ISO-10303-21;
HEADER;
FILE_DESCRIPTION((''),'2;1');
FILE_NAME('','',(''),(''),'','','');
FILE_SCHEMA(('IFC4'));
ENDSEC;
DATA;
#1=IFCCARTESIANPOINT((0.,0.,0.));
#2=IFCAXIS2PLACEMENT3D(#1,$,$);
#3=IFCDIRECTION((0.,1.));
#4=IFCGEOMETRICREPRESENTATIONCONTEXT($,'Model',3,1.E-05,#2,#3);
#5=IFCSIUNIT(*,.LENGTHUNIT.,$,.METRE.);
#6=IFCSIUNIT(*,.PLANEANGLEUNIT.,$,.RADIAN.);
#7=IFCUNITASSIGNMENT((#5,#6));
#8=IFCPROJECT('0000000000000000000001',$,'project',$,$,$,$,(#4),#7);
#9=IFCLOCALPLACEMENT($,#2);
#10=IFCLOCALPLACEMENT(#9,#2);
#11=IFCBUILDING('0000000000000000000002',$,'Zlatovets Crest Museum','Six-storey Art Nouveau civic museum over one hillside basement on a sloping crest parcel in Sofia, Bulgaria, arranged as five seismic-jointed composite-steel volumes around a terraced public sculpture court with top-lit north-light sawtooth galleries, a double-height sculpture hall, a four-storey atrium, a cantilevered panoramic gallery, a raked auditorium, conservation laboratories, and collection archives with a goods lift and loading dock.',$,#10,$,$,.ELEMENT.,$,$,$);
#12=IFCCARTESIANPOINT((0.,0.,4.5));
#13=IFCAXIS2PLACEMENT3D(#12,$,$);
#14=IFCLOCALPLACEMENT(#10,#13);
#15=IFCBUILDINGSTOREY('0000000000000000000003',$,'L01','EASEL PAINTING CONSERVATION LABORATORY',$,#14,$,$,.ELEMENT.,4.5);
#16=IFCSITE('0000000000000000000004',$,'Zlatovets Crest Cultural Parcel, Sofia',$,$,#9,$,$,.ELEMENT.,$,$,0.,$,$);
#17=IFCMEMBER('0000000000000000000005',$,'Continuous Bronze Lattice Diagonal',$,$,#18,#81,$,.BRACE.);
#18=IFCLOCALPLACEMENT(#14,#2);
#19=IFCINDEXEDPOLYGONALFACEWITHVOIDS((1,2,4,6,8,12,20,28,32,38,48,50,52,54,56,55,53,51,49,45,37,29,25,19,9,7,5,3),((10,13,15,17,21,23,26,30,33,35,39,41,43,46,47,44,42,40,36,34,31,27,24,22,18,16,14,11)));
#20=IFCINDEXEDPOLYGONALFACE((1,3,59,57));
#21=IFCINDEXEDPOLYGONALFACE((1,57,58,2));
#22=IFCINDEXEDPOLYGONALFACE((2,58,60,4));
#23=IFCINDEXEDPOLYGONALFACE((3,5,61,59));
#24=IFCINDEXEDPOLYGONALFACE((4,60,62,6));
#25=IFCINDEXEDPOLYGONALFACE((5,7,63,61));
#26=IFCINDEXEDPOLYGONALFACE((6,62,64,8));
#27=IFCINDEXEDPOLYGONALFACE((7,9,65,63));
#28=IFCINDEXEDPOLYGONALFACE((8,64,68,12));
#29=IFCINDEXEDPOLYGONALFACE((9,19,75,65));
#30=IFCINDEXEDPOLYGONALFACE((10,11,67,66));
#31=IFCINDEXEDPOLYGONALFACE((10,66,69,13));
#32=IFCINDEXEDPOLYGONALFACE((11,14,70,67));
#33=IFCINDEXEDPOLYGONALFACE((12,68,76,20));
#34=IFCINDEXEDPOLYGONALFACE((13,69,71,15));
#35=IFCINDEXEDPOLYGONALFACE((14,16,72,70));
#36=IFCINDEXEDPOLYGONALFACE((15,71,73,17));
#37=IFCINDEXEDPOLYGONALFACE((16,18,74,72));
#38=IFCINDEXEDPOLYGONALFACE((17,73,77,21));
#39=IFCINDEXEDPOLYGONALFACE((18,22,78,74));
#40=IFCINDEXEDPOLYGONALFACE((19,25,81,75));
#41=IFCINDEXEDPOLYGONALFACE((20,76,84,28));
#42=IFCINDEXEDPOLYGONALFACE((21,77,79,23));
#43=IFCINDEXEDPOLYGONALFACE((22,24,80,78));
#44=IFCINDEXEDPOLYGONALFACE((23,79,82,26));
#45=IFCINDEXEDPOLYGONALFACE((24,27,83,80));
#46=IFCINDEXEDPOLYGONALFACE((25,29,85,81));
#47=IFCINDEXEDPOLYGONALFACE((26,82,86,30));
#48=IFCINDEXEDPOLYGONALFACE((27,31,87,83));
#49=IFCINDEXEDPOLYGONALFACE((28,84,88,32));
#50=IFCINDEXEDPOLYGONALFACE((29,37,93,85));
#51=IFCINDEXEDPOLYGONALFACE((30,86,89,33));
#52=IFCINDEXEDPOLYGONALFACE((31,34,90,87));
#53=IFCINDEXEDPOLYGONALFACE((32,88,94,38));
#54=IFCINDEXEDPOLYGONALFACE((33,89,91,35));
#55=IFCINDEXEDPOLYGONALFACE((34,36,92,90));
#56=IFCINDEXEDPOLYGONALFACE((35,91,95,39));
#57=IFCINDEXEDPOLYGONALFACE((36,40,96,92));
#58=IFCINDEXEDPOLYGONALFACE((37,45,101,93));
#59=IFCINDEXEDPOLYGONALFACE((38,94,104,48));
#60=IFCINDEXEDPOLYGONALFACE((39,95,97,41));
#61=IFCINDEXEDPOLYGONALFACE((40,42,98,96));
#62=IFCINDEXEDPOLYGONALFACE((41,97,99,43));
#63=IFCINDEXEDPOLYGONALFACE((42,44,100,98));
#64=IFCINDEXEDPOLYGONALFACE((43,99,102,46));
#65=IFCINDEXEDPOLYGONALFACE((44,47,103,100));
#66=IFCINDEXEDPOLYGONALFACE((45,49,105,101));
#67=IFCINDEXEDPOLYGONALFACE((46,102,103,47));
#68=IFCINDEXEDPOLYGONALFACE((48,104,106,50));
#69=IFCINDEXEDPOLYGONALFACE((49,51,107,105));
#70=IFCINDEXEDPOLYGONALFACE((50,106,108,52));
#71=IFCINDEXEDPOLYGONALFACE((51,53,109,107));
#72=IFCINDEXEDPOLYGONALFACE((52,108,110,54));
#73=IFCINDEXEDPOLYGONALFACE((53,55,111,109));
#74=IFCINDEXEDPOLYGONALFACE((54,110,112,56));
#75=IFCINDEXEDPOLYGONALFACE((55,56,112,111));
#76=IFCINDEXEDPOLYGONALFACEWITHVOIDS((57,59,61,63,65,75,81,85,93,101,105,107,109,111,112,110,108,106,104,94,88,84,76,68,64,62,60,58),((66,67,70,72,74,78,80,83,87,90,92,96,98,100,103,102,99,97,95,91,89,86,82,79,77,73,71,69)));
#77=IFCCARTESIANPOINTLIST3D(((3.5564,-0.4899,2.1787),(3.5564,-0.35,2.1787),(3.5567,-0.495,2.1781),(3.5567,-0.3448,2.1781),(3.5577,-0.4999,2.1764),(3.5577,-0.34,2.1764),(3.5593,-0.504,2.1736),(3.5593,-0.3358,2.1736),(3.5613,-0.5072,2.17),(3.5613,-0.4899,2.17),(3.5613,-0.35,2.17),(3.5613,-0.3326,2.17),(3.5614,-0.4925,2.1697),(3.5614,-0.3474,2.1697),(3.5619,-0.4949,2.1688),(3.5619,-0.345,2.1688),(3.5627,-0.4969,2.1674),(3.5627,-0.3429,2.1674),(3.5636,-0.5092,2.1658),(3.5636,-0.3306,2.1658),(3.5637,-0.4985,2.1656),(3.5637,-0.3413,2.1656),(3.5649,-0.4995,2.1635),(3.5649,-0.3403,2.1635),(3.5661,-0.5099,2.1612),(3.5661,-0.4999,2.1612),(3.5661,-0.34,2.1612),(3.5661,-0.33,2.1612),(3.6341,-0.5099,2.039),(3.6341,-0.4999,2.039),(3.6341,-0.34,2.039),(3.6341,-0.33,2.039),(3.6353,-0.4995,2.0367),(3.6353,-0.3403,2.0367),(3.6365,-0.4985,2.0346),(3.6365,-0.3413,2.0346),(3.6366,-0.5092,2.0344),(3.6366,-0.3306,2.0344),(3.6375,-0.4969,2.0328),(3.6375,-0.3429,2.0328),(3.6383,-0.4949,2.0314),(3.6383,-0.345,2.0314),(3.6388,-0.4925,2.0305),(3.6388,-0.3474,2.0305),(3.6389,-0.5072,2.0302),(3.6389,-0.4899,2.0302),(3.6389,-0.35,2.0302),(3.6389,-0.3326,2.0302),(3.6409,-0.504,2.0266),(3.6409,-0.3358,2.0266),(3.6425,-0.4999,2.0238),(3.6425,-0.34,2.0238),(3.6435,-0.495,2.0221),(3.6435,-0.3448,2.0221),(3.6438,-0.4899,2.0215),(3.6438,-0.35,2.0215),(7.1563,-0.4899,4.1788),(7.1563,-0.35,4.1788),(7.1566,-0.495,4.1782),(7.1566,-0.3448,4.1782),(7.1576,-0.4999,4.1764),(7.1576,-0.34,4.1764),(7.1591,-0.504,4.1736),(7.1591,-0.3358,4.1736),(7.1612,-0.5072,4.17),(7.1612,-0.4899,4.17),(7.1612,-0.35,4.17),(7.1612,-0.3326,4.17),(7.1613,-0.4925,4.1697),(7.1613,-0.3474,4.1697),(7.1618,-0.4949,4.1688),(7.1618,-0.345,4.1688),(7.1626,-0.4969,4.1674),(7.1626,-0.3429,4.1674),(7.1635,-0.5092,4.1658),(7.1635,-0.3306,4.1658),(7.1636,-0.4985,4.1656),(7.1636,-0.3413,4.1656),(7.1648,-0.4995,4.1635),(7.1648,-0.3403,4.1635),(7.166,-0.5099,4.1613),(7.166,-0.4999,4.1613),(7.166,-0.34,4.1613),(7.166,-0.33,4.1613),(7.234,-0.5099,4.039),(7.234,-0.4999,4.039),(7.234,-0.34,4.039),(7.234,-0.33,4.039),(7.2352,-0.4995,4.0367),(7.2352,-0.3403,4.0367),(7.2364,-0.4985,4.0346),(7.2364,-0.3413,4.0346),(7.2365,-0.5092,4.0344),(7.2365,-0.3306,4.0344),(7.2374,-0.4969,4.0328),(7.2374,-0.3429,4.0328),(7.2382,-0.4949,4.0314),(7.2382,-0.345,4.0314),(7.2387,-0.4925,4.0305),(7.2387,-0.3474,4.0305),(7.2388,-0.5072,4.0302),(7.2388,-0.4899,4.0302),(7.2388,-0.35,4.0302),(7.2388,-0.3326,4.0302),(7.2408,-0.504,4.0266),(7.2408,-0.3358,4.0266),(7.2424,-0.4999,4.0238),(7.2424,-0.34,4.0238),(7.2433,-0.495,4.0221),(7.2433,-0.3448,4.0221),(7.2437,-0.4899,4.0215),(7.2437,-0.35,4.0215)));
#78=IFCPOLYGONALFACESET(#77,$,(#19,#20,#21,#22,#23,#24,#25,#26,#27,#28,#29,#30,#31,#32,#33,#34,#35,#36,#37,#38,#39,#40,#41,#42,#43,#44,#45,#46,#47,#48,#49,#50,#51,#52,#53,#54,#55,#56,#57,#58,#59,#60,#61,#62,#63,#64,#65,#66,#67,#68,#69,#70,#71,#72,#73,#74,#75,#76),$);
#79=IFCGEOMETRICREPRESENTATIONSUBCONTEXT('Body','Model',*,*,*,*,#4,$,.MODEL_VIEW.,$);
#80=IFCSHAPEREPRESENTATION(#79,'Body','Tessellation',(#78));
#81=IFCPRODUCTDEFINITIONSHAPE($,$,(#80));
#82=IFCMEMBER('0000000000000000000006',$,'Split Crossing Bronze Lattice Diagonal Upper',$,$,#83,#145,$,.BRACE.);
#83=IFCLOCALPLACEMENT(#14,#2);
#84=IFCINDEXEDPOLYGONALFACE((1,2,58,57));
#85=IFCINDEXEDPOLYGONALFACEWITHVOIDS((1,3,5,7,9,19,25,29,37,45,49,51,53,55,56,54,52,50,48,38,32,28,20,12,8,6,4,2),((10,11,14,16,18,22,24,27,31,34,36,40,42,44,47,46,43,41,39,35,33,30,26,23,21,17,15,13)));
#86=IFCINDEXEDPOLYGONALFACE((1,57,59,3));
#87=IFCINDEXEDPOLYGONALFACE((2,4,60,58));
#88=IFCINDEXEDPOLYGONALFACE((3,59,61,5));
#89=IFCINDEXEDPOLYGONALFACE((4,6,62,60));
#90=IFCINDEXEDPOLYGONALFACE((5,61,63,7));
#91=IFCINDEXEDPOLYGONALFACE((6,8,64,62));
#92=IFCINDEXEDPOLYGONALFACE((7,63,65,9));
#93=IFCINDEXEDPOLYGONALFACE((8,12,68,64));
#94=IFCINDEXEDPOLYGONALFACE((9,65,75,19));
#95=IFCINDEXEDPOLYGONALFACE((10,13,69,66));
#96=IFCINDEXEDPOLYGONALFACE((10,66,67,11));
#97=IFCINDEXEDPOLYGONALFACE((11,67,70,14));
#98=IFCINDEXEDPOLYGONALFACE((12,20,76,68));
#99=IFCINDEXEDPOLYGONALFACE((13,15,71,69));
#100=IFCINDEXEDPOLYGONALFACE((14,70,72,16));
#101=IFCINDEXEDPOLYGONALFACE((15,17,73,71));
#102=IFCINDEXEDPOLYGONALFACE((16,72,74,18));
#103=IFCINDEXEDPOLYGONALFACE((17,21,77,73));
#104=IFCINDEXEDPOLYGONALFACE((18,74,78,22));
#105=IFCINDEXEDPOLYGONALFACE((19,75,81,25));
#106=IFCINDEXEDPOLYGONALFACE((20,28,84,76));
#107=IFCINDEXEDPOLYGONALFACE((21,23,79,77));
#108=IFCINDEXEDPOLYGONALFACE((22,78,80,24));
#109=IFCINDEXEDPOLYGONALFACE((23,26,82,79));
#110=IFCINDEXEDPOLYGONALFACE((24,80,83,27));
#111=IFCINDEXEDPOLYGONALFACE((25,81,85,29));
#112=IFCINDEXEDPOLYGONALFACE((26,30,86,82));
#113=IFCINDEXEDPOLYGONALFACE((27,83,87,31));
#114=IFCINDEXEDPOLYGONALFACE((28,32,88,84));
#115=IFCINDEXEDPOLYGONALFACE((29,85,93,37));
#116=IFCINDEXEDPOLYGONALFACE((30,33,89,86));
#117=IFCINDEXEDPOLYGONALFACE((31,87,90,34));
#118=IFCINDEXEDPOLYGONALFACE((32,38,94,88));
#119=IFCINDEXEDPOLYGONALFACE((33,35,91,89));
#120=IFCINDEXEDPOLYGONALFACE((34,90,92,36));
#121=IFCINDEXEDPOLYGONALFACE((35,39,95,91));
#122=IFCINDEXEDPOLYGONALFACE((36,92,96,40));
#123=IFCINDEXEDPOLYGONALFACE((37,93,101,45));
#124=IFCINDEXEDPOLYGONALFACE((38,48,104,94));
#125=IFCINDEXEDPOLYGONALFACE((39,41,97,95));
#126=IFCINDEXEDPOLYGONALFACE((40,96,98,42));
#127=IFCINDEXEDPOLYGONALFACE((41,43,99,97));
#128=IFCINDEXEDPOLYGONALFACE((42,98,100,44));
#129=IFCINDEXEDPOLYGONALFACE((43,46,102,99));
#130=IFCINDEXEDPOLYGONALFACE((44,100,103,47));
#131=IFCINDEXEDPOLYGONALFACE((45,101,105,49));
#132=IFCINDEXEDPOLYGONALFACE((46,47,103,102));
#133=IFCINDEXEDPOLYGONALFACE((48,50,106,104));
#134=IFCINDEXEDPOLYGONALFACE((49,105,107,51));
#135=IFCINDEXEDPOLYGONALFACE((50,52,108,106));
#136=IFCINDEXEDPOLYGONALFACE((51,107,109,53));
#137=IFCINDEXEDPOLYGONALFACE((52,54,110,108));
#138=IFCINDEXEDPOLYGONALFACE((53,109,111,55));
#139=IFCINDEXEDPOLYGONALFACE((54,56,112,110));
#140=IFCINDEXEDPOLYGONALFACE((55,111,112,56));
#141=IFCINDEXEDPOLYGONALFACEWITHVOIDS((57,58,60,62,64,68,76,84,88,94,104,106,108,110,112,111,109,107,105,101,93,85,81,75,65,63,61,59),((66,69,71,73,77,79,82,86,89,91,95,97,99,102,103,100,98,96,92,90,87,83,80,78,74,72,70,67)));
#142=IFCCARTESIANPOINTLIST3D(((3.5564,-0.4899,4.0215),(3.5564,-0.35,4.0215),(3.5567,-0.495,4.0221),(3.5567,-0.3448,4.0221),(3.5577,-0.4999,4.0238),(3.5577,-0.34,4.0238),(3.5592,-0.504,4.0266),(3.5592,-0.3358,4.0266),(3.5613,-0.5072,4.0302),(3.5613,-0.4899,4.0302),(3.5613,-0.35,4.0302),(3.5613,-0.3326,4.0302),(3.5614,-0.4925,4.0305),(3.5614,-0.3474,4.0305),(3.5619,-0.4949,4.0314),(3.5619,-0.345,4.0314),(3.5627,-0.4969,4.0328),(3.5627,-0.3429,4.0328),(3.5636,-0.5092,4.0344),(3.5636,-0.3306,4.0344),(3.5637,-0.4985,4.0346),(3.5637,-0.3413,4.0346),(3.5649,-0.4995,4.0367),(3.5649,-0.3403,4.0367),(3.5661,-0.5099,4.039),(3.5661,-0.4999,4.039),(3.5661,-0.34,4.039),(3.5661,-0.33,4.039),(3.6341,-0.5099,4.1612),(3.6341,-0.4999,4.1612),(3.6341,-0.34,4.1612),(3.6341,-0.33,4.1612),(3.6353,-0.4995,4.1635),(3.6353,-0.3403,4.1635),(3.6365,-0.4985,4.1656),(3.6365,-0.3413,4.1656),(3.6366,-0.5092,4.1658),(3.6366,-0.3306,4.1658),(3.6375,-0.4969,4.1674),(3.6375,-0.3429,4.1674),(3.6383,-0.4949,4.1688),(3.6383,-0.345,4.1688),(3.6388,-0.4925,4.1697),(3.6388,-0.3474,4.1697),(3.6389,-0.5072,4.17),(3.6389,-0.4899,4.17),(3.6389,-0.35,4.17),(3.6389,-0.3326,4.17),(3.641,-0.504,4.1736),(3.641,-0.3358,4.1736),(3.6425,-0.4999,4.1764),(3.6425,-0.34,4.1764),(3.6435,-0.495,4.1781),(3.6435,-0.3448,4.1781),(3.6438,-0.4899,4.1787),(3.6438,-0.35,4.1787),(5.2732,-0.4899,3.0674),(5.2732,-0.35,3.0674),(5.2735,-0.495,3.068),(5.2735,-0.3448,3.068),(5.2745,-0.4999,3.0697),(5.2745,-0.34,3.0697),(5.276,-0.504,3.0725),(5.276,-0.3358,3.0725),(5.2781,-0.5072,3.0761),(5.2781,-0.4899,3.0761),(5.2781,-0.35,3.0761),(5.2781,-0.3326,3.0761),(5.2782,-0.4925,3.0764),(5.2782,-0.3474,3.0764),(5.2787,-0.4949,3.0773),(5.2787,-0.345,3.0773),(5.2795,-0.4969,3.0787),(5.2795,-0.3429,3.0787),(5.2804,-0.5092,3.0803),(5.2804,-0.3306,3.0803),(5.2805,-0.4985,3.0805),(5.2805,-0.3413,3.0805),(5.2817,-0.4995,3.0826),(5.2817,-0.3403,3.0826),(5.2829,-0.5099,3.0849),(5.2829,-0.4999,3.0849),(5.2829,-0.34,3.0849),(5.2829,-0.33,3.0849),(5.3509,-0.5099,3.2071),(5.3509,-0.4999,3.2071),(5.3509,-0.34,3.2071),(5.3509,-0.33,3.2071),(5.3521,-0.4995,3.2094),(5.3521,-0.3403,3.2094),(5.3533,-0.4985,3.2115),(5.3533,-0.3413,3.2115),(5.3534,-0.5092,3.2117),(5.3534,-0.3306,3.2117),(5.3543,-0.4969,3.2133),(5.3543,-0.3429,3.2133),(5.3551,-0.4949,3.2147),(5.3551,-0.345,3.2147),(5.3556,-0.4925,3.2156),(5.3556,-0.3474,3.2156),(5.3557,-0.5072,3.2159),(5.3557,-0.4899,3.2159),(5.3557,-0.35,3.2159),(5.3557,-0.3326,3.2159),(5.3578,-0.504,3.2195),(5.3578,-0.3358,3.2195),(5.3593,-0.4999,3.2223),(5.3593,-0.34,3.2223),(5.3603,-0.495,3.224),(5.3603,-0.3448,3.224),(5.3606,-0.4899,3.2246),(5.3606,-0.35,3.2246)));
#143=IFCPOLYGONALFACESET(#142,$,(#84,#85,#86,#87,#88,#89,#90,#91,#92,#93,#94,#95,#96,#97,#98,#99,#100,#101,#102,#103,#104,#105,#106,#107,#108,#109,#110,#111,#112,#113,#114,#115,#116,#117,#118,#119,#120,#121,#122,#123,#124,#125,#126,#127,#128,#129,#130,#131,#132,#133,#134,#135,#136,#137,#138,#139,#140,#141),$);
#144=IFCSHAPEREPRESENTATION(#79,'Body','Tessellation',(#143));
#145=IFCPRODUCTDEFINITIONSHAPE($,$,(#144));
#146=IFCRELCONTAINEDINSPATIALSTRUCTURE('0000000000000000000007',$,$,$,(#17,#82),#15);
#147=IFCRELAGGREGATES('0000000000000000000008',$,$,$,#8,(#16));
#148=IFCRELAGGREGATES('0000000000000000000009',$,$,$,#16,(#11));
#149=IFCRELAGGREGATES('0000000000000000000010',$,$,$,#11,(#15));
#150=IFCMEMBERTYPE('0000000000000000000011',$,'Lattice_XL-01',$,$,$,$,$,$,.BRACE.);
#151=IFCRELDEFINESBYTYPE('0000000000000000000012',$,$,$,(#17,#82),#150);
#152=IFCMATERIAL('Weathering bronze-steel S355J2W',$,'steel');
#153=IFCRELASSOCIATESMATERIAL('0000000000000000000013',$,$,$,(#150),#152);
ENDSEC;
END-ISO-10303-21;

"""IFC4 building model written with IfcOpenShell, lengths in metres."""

from ifc_helpers import new_model, si_unit, direction, frame, origin, origin_2d, place, context, subcontext, project, spatial, hollow_rectangle, extrude, material, material_profile, profile_set, type_object, element, save


model = new_model("IFC4")

# Units and contexts
model_context = context("Model", 3, precision=1e-05, world=origin(), true_north=direction((0.0, 1.0)))
body_context = subcontext(model_context, "Body", "Model", "MODEL_VIEW")
ifc_project = project(units=[si_unit("LENGTHUNIT", "METRE"), si_unit("PLANEANGLEUNIT", "RADIAN")], contexts=[model_context])

# Site, building, storey
site_placement = place(None, origin())
site = spatial("IfcSite", under=ifc_project, at=site_placement, Name="Zlatovets Crest Cultural Parcel, Sofia", CompositionType="ELEMENT", RefElevation=0.0)
building_placement = place(site_placement, origin())
building = spatial("IfcBuilding", under=site, at=building_placement, Name="Zlatovets Crest Museum", Description="Six-storey Art Nouveau civic museum over one hillside basement on a sloping crest parcel in Sofia, Bulgaria, arranged as five seismic-jointed composite-steel volumes around a terraced public sculpture court with top-lit north-light sawtooth galleries, a double-height sculpture hall, a four-storey atrium, a cantilevered panoramic gallery, a raked auditorium, conservation laboratories, and collection archives with a goods lift and loading dock.", CompositionType="ELEMENT")
storey_placement = place(building_placement, frame((0.0, 0.0, 4.5)))
storey = spatial("IfcBuildingStorey", under=building, at=storey_placement, Name="L01", Description="EASEL PAINTING CONSERVATION LABORATORY", CompositionType="ELEMENT", Elevation=4.5)

# Members
ifc_material_1 = material(Name="Weathering bronze-steel S355J2W", Category="steel")
ifc_material_profile_1 = material_profile(ifc_material_1, hollow_rectangle(XDim=0.1799, YDim=0.1799, WallThickness=0.01, InnerFilletRadius=0.01, OuterFilletRadius=0.02, at=origin_2d()), Name="SHS 180x180x10.0")
ifc_profile_set_1 = profile_set([ifc_material_profile_1], Name="Weathering bronze-steel S355J2W")
member_type_1 = type_object("IfcMemberType", Name="Lattice_XL-01", PredefinedType="BRACE", material=ifc_profile_set_1)
member_1_placement = place(storey_placement, frame((3.6001, -0.4199, 2.1001), z_axis=(0.874149, 0.0, 0.485658), x_axis=(0.0, 1.0, 0.0)))
element("IfcMember", 1, at=member_1_placement, inside=storey, type_object=member_type_1, Name="Continuous Bronze Lattice Diagonal", PredefinedType="BRACE", context=body_context, shape_type="SweptSolid", body=[
    extrude(hollow_rectangle(XDim=0.1799, YDim=0.1799, WallThickness=0.01, InnerFilletRadius=0.01, OuterFilletRadius=0.02, at=origin_2d()), origin(), (0.0, 0.0, 1.0), 4.1182),
])
for number, where, z_axis, x_axis, name in (
    (2, (3.6001, -0.4199, 4.1001), (0.874087, 0.0, -0.48577), (0.0, 1.0, 0.0), "Split Crossing Bronze Lattice Diagonal Upper"),
):
    element("IfcMember", number, at=place(storey_placement, frame(where, z_axis=z_axis, x_axis=x_axis)), inside=storey, type_object=member_type_1, Name=name, PredefinedType="BRACE", context=body_context, shape_type="SweptSolid", body=[
        extrude(hollow_rectangle(XDim=0.1799, YDim=0.1799, WallThickness=0.01, InnerFilletRadius=0.01, OuterFilletRadius=0.02, at=origin_2d()), origin(), (0.0, 0.0, 1.0), 1.9641),
    ])

save(model, "model.ifc")
